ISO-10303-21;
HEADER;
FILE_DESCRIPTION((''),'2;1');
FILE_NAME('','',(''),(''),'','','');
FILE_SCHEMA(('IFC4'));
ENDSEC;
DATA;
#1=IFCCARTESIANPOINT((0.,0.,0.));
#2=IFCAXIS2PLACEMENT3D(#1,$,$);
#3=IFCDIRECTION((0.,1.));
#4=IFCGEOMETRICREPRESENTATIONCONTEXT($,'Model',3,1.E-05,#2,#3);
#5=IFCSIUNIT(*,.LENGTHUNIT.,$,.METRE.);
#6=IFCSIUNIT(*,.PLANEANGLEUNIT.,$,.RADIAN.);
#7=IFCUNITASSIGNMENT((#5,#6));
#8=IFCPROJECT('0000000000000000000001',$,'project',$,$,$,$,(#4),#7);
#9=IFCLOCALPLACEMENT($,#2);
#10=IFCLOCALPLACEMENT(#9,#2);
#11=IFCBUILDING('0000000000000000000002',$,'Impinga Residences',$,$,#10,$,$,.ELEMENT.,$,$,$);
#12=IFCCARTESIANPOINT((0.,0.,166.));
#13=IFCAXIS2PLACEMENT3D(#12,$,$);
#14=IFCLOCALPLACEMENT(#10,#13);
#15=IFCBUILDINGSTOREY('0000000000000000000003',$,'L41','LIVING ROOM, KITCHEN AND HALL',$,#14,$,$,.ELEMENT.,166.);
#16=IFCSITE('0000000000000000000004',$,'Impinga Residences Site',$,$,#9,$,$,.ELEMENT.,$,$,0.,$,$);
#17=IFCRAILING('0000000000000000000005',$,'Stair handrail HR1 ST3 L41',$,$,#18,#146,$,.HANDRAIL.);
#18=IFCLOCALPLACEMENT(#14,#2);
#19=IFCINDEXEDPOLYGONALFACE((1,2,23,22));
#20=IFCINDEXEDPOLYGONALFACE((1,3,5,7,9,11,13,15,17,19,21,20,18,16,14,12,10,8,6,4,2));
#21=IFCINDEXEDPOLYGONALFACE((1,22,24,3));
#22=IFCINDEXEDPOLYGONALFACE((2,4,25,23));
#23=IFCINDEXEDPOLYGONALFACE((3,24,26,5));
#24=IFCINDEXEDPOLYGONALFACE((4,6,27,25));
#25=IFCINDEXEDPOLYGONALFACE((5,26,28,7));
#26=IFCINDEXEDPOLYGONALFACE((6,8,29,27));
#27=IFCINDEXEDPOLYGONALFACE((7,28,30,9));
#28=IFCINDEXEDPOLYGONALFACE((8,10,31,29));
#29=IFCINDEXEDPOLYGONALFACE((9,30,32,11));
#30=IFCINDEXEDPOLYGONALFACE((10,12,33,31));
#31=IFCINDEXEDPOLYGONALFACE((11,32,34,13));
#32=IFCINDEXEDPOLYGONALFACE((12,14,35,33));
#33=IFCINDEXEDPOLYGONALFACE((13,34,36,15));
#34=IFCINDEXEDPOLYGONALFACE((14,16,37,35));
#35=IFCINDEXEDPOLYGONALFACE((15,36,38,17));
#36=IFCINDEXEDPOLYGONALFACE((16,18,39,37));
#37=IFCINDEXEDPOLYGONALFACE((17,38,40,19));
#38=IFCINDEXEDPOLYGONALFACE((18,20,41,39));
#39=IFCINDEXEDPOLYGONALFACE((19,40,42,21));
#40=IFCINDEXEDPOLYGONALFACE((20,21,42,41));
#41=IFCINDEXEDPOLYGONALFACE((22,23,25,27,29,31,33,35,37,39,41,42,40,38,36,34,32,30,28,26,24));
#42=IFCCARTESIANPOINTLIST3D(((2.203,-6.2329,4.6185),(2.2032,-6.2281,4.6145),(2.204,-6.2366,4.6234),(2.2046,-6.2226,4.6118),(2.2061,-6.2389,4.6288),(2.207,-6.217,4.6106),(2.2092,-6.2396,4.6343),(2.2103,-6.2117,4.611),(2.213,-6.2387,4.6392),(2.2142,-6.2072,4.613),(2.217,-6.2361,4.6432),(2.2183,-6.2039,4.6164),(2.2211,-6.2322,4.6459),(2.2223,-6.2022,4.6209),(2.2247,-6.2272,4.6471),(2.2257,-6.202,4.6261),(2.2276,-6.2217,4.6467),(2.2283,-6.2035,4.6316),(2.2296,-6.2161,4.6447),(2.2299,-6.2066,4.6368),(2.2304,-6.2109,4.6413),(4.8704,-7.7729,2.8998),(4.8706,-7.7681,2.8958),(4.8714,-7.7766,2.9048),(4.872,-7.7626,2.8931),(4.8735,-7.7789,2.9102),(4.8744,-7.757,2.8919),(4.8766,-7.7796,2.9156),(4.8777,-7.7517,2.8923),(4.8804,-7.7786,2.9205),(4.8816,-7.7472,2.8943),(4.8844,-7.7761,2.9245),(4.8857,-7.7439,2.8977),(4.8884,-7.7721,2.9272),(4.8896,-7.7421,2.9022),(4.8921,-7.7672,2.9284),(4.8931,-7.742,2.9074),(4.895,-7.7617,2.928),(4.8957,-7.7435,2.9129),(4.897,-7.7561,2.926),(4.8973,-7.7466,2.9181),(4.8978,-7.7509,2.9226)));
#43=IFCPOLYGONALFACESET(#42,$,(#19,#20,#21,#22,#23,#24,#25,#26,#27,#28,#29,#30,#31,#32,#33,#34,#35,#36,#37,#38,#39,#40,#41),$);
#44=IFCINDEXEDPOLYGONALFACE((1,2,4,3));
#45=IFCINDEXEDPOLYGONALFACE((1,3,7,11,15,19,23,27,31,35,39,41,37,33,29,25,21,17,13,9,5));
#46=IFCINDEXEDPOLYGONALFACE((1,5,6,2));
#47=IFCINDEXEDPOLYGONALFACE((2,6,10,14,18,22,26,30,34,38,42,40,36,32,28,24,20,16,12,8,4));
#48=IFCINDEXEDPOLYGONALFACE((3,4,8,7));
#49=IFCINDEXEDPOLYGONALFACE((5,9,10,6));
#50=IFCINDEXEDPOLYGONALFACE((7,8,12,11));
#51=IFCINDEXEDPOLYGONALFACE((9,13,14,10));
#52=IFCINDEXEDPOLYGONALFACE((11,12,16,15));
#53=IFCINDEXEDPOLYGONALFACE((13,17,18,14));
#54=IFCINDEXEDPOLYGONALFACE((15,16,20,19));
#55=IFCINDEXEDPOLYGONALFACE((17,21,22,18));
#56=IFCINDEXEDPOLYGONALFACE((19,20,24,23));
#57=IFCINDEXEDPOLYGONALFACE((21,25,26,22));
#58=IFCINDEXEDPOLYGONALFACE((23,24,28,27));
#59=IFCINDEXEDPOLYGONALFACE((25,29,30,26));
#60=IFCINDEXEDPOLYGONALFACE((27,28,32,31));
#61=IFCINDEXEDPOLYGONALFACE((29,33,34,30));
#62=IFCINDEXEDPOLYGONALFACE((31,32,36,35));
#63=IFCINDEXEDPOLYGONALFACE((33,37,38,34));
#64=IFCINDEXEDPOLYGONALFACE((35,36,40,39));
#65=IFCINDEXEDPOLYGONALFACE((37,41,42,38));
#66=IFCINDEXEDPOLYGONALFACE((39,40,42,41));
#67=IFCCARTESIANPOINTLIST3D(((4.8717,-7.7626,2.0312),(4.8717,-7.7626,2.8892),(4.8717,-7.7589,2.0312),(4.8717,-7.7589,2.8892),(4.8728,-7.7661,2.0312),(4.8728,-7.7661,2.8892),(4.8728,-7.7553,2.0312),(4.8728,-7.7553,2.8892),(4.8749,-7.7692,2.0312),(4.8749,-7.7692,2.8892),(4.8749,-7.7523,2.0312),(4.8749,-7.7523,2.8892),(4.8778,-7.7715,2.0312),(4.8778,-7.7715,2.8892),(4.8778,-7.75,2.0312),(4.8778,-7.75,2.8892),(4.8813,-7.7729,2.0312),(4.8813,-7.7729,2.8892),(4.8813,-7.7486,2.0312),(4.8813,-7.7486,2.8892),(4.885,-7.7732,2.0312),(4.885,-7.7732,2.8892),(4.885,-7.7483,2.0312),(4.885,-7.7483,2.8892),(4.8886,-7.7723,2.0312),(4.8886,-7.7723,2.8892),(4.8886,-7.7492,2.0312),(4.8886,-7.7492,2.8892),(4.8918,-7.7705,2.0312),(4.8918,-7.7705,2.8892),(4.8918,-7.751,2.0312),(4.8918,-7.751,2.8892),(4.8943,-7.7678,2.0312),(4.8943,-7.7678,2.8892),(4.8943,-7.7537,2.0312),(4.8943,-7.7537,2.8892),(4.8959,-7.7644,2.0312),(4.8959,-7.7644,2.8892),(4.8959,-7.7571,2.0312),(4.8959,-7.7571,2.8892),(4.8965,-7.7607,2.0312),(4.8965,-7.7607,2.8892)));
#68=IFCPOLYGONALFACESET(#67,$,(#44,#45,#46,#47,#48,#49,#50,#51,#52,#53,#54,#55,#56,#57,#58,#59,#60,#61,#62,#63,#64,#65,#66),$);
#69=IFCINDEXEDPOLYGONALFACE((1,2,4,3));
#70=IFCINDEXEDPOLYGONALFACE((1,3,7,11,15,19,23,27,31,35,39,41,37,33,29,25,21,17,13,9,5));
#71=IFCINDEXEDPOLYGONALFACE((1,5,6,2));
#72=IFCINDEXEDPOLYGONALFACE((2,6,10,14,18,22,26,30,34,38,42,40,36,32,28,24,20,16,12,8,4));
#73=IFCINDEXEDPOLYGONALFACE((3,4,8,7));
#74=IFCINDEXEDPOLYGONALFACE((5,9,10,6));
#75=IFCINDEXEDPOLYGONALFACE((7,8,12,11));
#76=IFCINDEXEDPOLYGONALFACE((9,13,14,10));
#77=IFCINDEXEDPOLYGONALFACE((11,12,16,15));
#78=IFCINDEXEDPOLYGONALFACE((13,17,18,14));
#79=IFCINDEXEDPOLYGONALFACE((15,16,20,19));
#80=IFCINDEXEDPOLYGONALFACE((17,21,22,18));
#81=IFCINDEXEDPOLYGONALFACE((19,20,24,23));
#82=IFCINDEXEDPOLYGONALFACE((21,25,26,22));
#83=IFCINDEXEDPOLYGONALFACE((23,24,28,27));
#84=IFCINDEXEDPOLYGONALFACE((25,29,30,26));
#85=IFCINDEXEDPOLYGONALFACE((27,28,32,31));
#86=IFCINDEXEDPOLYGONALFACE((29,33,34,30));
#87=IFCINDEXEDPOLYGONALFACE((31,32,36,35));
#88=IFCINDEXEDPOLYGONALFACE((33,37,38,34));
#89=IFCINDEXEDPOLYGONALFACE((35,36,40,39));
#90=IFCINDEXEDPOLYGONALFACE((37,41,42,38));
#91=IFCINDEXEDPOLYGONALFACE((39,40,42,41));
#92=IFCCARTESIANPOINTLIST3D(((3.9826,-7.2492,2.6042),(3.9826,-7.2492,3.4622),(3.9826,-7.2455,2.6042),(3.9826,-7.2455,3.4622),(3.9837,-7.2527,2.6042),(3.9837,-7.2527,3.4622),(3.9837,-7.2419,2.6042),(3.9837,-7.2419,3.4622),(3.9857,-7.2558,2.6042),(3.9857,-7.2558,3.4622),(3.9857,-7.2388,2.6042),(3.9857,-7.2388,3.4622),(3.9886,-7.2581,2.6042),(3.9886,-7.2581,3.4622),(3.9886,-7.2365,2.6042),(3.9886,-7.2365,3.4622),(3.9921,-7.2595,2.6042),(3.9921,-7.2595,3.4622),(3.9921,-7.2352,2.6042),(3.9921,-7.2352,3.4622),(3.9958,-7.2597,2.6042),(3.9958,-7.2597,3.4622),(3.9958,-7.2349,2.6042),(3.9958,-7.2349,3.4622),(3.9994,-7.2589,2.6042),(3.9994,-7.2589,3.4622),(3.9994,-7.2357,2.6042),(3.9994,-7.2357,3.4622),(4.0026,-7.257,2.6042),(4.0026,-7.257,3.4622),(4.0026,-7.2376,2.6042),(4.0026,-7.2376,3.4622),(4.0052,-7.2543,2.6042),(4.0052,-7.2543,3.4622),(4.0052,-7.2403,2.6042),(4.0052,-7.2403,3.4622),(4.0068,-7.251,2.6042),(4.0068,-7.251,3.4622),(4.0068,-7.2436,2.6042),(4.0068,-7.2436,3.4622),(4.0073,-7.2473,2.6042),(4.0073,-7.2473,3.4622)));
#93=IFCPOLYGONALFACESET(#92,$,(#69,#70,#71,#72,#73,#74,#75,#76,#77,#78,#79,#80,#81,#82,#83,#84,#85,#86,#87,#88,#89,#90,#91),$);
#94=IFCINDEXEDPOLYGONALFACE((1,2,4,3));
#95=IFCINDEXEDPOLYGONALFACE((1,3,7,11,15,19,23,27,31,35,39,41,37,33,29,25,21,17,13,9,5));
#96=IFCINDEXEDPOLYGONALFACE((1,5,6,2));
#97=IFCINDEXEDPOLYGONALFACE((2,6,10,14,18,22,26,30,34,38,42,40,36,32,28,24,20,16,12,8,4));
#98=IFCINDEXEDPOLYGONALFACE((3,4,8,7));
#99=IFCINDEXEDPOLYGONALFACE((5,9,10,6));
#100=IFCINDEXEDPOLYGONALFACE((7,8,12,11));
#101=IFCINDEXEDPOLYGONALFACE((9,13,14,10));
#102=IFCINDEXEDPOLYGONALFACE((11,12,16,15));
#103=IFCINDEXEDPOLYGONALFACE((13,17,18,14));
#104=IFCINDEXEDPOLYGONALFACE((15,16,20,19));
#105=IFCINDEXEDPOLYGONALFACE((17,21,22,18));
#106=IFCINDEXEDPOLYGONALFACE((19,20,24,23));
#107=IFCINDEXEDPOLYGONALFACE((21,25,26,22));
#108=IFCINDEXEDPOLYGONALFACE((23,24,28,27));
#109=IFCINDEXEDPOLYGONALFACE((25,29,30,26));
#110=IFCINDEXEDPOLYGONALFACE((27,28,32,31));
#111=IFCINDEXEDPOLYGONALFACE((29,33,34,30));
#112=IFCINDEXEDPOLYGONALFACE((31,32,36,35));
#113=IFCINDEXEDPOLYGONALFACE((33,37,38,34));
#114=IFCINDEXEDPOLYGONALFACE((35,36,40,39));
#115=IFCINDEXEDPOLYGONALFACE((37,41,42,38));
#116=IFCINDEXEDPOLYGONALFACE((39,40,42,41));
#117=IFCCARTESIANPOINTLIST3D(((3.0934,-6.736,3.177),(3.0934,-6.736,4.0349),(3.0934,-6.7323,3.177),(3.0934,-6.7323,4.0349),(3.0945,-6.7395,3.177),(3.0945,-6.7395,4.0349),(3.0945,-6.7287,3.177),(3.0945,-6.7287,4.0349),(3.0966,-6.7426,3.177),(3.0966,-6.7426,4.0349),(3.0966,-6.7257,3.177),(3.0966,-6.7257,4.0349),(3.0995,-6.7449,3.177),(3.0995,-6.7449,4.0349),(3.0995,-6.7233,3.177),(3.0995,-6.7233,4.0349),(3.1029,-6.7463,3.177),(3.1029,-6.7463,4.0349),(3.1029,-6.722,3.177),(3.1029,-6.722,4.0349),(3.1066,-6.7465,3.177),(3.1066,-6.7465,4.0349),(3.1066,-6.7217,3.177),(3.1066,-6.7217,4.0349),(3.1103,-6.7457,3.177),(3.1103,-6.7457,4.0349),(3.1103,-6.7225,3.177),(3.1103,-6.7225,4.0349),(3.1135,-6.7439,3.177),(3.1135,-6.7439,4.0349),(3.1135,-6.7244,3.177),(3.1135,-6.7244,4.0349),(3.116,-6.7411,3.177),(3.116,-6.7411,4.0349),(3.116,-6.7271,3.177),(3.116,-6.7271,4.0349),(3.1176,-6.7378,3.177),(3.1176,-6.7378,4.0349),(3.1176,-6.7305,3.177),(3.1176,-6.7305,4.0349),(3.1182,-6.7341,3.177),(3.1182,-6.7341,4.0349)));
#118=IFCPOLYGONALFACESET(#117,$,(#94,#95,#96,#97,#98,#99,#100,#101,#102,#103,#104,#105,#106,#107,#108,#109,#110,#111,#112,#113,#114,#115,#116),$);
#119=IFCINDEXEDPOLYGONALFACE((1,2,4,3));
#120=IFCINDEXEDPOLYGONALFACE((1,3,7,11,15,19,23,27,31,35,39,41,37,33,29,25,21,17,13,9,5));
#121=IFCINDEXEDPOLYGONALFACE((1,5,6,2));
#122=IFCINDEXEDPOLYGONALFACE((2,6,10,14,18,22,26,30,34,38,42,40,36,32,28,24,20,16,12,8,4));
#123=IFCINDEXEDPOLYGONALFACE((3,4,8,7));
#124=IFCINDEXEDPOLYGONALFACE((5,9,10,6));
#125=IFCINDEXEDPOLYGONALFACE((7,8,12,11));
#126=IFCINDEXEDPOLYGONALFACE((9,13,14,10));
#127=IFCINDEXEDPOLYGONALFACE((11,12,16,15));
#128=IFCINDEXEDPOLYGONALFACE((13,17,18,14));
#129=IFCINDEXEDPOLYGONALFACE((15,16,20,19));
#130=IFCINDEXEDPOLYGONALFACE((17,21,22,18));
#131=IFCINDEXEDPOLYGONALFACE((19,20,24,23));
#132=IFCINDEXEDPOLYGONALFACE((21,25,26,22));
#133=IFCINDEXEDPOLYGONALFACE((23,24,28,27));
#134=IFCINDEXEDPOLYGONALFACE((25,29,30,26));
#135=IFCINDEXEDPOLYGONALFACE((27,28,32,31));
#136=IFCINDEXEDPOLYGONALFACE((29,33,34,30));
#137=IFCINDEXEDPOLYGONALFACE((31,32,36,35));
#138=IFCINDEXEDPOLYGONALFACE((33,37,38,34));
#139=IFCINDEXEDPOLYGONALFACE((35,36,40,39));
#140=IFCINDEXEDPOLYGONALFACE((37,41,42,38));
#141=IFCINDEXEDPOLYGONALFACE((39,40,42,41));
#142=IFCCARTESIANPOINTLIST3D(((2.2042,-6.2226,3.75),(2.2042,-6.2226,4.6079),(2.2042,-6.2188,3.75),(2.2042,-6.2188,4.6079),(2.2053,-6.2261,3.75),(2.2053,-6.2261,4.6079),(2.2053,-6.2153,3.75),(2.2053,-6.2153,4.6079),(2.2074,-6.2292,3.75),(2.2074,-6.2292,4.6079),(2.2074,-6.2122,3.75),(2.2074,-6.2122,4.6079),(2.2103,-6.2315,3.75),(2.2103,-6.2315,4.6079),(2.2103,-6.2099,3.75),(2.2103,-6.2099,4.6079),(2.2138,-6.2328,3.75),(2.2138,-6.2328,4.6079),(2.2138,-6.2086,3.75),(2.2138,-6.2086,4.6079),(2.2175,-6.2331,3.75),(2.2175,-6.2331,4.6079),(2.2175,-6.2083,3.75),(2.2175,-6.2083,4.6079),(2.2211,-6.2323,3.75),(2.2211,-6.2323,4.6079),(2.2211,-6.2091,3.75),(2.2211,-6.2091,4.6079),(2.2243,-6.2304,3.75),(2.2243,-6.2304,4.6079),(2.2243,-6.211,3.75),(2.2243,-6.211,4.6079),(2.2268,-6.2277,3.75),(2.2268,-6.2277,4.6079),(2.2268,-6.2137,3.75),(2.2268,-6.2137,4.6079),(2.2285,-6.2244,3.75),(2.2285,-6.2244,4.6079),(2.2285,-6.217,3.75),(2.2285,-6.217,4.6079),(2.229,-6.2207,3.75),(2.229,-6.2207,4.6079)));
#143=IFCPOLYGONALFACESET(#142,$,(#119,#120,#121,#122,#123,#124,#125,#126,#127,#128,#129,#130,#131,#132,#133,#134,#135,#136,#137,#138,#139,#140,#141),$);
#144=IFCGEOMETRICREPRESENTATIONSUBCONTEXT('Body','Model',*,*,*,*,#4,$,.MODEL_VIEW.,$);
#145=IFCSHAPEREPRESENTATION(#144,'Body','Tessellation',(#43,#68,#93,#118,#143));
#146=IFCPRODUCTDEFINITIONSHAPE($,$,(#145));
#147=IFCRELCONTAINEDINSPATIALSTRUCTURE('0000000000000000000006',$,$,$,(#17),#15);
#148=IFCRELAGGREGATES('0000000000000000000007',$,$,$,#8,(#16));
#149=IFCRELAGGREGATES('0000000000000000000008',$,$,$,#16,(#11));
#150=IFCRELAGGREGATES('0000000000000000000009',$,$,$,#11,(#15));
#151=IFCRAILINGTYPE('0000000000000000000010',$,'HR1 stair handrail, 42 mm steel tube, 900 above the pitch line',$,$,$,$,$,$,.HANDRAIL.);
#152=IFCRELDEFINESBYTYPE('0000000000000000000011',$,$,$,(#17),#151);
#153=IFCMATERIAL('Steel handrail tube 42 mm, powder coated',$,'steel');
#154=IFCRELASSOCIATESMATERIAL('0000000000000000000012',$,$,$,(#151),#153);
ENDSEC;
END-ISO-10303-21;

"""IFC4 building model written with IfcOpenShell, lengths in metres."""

from ifc_helpers import new_model, si_unit, direction, frame, origin, origin_2d, place, context, subcontext, project, spatial, circle, extrude, material, type_object, element, save


model = new_model("IFC4")

# Units and contexts
model_context = context("Model", 3, precision=1e-05, world=origin(), true_north=direction((0.0, 1.0)))
body_context = subcontext(model_context, "Body", "Model", "MODEL_VIEW")
ifc_project = project(units=[si_unit("LENGTHUNIT", "METRE"), si_unit("PLANEANGLEUNIT", "RADIAN")], contexts=[model_context])

# Site, building, storey
site_placement = place(None, origin())
site = spatial("IfcSite", under=ifc_project, at=site_placement, Name="Impinga Residences Site", CompositionType="ELEMENT", RefElevation=0.0)
building_placement = place(site_placement, origin())
building = spatial("IfcBuilding", under=site, at=building_placement, Name="Impinga Residences", CompositionType="ELEMENT")
storey_placement = place(building_placement, frame((0.0, 0.0, 166.0)))
storey = spatial("IfcBuildingStorey", under=building, at=storey_placement, Name="L41", Description="LIVING ROOM, KITCHEN AND HALL", CompositionType="ELEMENT", Elevation=166.0)

# Railing
ifc_material_1 = material(Name="Steel handrail tube 42 mm, powder coated", Category="steel")
railing_type_1 = type_object("IfcRailingType", Name="HR1 stair handrail, 42 mm steel tube, 900 above the pitch line", PredefinedType="HANDRAIL", material=ifc_material_1)
railing_1_placement = place(storey_placement, frame((4.884, -7.7607, 2.0312)))
element("IfcRailing", 1, at=railing_1_placement, inside=storey, type_object=railing_type_1, Name="Stair handrail HR1 ST3 L41", PredefinedType="HANDRAIL", context=body_context, shape_type="SweptSolid", body=[
    extrude(circle(Radius=0.021, at=origin_2d()), frame((0.0, 0.0, 0.8789), z_axis=(-0.756256, 0.436616, 0.487282), x_axis=(-0.499992, -0.86603, 0.0)), (0.0, 0.0, 1.0), 3.5271),
    extrude(circle(Radius=0.0125, at=origin_2d()), origin(), (0.0, 0.0, 1.0), 0.8579),
    extrude(circle(Radius=0.0125, at=origin_2d()), frame((-0.8892, 0.5134, 0.573)), (0.0, 0.0, 1.0), 0.8579),
    extrude(circle(Radius=0.0125, at=origin_2d()), frame((-1.7783, 1.0266, 1.1458)), (0.0, 0.0, 1.0), 0.8579),
    extrude(circle(Radius=0.0125, at=origin_2d()), frame((-2.6675, 1.54, 1.7188)), (0.0, 0.0, 1.0), 0.8579),
])

save(model, "model.ifc")
